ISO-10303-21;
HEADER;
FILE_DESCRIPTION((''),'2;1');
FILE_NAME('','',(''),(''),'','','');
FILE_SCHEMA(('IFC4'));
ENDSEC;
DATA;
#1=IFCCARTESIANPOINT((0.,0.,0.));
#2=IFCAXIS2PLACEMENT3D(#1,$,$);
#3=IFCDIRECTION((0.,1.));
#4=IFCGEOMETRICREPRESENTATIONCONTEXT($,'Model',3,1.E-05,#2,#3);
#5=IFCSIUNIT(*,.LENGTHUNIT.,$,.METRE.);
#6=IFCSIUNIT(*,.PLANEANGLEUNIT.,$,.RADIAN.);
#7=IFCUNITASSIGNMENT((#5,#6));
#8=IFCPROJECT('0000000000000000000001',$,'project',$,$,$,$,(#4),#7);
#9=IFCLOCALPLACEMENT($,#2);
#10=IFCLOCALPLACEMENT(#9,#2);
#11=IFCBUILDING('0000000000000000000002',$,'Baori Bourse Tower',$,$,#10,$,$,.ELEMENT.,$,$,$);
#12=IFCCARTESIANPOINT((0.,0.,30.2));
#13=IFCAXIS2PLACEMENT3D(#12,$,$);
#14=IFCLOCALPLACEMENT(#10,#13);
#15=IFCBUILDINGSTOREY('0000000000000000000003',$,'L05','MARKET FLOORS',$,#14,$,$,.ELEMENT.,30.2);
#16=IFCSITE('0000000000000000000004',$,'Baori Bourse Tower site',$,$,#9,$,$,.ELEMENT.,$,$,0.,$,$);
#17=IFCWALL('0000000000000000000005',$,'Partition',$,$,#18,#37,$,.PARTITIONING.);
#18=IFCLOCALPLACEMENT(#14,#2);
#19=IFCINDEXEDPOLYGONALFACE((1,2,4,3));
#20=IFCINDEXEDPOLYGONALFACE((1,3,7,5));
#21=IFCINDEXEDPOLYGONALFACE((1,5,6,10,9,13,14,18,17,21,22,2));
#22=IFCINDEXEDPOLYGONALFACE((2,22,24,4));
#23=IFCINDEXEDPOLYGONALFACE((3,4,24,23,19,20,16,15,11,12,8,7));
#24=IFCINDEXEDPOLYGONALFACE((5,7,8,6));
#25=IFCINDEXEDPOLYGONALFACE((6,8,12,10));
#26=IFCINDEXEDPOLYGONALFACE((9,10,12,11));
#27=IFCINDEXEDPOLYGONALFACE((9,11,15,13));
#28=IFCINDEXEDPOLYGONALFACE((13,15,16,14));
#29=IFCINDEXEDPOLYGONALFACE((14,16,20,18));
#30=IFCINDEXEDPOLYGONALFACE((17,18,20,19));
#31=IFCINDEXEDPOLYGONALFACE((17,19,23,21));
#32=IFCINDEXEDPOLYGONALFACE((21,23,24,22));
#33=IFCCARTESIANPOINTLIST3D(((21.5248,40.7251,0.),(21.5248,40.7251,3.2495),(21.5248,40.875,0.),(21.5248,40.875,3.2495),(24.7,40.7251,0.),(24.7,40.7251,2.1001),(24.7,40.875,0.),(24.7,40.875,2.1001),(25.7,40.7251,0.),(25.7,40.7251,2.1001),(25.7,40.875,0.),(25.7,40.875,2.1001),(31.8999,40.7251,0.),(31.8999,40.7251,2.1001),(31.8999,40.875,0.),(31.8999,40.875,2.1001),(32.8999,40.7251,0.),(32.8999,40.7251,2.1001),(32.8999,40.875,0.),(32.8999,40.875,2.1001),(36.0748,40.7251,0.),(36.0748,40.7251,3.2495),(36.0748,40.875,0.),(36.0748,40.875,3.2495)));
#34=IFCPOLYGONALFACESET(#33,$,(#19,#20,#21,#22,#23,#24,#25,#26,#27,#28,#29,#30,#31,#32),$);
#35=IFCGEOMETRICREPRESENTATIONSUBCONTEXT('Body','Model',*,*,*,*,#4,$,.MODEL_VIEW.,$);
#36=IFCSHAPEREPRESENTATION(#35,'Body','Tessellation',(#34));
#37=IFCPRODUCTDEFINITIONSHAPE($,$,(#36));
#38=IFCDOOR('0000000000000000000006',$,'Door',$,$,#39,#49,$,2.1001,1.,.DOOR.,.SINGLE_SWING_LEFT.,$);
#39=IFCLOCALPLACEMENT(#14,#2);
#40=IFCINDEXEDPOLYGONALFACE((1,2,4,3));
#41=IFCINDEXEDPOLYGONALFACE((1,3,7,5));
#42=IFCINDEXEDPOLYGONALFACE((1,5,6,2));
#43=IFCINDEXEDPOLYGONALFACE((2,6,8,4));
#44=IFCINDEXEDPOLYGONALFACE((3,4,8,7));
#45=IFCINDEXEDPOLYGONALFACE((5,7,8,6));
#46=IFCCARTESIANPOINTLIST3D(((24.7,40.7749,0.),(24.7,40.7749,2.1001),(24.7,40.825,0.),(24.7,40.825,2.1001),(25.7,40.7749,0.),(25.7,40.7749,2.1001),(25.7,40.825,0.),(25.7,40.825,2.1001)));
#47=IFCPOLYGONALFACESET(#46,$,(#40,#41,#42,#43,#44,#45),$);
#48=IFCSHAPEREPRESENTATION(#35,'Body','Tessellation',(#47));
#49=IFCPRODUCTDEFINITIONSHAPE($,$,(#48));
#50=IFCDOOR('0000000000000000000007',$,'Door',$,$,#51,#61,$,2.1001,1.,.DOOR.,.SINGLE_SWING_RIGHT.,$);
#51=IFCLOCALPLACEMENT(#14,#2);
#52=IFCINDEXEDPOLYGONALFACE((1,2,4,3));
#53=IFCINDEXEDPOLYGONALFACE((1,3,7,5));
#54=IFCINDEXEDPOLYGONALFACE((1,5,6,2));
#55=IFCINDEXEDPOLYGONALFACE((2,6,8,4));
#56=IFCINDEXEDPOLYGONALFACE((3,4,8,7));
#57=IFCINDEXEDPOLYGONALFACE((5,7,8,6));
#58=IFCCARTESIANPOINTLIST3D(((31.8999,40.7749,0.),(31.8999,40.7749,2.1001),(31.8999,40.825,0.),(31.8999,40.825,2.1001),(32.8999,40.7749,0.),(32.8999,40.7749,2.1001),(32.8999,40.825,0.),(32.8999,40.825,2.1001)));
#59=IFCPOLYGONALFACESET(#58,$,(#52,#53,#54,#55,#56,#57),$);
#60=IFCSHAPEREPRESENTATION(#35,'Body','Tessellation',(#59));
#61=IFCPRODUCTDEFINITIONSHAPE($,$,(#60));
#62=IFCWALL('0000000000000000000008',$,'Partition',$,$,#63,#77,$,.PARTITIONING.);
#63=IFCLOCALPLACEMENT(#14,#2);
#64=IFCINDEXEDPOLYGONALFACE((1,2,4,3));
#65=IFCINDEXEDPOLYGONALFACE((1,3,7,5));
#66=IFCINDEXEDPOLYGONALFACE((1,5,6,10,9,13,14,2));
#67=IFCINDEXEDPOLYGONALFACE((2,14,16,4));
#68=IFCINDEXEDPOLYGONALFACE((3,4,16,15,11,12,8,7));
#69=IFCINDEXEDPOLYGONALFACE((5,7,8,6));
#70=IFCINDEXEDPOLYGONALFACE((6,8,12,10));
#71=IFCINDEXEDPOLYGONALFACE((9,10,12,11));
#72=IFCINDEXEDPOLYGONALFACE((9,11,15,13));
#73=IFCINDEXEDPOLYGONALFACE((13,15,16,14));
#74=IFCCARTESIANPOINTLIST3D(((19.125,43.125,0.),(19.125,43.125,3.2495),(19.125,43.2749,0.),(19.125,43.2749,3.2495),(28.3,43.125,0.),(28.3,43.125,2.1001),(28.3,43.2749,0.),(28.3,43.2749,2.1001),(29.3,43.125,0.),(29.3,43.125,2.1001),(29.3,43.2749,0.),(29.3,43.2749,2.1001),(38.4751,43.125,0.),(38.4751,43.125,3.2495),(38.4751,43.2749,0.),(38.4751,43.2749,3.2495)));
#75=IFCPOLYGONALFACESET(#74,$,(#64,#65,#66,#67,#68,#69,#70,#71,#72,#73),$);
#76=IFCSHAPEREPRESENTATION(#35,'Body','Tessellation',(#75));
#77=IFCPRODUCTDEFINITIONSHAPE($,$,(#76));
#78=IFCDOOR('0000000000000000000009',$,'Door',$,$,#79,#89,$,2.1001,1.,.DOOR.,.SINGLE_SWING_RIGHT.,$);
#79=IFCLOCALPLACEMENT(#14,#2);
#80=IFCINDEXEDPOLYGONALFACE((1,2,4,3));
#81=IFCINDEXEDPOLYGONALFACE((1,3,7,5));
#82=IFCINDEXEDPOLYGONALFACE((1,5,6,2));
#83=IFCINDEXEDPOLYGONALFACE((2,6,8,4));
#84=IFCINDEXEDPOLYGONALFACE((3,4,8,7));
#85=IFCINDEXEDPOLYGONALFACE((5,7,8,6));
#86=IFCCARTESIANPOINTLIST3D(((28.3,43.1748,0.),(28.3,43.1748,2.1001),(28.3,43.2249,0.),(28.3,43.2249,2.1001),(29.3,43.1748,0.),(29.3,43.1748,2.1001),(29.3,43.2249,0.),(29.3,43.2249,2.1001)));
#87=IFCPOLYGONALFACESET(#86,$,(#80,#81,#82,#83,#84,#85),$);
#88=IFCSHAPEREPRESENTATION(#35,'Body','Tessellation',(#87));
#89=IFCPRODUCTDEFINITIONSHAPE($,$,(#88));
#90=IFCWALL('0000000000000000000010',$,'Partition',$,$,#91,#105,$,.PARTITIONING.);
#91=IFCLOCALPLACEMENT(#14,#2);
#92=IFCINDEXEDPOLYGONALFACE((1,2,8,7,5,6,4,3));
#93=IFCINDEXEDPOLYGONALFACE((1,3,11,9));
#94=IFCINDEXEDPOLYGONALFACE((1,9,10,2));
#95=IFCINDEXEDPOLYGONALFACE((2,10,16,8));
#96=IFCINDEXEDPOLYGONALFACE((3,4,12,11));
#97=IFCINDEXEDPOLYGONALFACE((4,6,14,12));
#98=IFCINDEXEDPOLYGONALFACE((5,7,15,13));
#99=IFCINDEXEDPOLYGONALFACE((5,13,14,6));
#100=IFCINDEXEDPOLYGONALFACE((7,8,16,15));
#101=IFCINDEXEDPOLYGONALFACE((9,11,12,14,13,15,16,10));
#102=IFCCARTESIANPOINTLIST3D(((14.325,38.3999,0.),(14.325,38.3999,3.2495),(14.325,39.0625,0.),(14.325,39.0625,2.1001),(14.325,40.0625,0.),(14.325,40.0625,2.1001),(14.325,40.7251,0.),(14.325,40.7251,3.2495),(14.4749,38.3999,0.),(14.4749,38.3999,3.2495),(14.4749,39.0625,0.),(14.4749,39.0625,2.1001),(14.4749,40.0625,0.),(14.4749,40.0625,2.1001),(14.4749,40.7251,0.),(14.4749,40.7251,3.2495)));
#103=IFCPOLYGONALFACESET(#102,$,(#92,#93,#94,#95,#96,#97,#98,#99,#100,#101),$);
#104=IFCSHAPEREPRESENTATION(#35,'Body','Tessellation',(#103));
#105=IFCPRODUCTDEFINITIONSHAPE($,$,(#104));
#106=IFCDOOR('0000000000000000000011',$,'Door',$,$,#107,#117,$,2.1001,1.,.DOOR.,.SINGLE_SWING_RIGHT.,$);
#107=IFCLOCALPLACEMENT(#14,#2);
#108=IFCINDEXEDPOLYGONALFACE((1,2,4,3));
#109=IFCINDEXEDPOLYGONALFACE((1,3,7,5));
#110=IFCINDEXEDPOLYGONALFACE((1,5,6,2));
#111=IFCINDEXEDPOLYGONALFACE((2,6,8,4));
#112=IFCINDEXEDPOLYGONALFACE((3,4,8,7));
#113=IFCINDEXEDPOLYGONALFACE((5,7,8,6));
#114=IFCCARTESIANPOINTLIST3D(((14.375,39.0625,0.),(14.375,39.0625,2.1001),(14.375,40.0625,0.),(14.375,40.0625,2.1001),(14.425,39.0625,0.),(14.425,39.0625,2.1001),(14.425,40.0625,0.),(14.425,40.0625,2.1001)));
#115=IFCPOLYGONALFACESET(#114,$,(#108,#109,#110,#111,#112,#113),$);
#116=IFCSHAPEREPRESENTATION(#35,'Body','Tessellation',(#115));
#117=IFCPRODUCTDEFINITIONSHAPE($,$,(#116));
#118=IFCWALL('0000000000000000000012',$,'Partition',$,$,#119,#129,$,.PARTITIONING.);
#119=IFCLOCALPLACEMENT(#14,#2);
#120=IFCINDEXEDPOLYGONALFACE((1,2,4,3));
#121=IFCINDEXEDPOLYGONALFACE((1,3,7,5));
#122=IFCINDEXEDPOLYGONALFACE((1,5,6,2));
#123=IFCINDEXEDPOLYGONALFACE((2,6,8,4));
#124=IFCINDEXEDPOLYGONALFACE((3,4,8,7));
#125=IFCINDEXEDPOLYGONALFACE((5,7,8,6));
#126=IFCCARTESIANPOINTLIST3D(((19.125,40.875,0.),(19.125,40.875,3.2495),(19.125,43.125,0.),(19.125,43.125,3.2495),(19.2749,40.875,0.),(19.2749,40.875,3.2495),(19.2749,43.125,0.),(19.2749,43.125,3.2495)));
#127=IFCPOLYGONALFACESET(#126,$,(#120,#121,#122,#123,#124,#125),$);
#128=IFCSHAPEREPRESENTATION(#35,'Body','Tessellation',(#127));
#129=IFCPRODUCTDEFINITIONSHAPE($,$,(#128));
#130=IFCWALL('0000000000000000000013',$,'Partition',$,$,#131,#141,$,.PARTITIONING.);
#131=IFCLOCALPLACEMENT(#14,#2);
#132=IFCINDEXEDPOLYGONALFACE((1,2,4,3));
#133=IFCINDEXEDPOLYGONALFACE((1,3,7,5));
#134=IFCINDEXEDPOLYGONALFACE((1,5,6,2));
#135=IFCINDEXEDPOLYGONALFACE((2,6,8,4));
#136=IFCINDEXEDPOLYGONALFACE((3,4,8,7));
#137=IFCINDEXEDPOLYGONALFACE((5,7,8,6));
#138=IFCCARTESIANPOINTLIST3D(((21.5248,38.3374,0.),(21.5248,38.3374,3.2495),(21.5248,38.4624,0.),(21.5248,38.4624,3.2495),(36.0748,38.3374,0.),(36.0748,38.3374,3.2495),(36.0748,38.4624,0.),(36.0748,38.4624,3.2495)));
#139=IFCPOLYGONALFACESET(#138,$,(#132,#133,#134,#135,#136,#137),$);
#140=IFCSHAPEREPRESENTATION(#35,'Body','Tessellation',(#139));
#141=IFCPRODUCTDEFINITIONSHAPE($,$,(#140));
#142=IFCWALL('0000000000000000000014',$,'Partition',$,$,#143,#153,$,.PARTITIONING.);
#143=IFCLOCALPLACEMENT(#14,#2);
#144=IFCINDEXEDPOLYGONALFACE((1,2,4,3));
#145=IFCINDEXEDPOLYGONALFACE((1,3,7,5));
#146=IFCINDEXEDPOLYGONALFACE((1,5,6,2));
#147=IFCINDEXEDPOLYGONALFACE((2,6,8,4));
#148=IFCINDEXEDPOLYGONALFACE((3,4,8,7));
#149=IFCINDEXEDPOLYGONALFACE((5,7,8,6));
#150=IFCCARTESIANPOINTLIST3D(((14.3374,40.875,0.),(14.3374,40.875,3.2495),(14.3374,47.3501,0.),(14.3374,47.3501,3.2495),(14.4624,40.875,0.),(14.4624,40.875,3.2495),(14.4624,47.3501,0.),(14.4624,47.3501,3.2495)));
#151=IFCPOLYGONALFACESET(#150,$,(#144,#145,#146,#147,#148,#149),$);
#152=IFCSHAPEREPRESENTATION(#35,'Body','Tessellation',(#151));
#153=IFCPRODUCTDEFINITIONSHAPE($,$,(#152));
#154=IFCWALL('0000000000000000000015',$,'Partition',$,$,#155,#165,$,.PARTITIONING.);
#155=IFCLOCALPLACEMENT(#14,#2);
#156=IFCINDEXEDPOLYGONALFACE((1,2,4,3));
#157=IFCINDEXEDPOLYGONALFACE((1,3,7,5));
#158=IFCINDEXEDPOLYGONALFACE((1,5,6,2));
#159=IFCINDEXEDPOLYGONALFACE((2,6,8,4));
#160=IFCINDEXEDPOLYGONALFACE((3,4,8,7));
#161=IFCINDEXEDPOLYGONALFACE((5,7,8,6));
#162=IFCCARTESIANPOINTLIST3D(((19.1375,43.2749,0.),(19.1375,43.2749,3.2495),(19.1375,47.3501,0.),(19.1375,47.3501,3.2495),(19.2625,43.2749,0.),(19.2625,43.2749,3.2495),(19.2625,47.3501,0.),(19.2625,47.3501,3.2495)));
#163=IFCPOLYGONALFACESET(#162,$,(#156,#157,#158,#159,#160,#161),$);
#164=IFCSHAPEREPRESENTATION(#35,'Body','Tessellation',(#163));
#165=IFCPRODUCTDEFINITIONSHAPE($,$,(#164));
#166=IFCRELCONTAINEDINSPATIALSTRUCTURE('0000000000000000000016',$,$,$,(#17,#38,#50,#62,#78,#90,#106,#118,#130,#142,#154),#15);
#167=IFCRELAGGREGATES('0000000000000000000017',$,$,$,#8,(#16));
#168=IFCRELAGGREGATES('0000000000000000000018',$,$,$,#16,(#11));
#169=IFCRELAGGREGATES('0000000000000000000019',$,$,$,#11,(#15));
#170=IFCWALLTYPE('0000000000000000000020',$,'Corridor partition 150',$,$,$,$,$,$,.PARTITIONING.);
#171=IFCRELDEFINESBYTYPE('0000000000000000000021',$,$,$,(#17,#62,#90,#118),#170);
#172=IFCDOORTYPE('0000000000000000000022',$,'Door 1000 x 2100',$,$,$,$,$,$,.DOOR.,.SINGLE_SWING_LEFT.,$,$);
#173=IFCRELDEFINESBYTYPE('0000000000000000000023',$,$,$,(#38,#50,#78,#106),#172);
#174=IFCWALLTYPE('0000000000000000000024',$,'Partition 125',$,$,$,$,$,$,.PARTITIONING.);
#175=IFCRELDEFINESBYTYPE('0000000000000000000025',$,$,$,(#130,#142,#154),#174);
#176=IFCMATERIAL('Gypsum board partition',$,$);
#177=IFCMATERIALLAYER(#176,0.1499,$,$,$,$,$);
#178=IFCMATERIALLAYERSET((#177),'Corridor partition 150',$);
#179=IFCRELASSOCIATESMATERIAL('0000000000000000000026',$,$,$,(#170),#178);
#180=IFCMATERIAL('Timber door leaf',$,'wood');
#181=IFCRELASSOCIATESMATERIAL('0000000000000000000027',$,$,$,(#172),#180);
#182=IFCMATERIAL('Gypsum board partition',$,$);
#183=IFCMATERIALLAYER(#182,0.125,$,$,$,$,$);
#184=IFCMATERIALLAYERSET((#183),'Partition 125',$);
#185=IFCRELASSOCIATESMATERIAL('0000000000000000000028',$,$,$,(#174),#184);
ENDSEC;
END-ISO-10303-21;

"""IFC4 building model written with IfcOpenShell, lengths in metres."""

from ifc_helpers import new_model, si_unit, direction, frame, frame_2d, origin, place, context, subcontext, project, spatial, rectangle, extrude, material, layer, layer_set, type_object, element, fill, save


model = new_model("IFC4")

# Units and contexts
model_context = context("Model", 3, precision=1e-05, world=origin(), true_north=direction((0.0, 1.0)))
body_context = subcontext(model_context, "Body", "Model", "MODEL_VIEW")
ifc_project = project(units=[si_unit("LENGTHUNIT", "METRE"), si_unit("PLANEANGLEUNIT", "RADIAN")], contexts=[model_context])

# Site, building, storey
site_placement = place(None, origin())
site = spatial("IfcSite", under=ifc_project, at=site_placement, Name="Baori Bourse Tower site", CompositionType="ELEMENT", RefElevation=0.0)
building_placement = place(site_placement, origin())
building = spatial("IfcBuilding", under=site, at=building_placement, Name="Baori Bourse Tower", CompositionType="ELEMENT")
storey_placement = place(building_placement, frame((0.0, 0.0, 30.2)))
storey = spatial("IfcBuildingStorey", under=building, at=storey_placement, Name="L05", Description="MARKET FLOORS", CompositionType="ELEMENT", Elevation=30.2)

# Shared definitions
ifc_material_1 = material(Name="Gypsum board partition")
ifc_layer_1 = layer(ifc_material_1, 0.1499)
ifc_layer_set_1 = layer_set([ifc_layer_1], Name="Corridor partition 150")
wall_type_1 = type_object("IfcWallType", Name="Corridor partition 150", PredefinedType="PARTITIONING", material=ifc_layer_set_1)
ifc_material_2 = material(Name="Timber door leaf", Category="wood")
door_type_1 = type_object("IfcDoorType", Name="Door 1000 x 2100", OperationType="SINGLE_SWING_LEFT", PredefinedType="DOOR", material=ifc_material_2)

# Wall, openings, doors
wall_1_placement = place(storey_placement, frame((21.5249, 40.8, 0.0), z_axis=(0.0, 0.0, 1.0), x_axis=(1.0, 0.0, 0.0)))
wall_1 = element("IfcWall", 1, at=wall_1_placement, inside=storey, type_object=wall_type_1, Name="Partition", PredefinedType="PARTITIONING", context=body_context, shape_type="SweptSolid", body=[
    extrude(rectangle(XDim=14.55, YDim=0.1499, at=frame_2d((7.2749, 0.0))), origin(), (0.0, 0.0, 1.0), 3.2495),
])
opening_1_placement = place(wall_1_placement, frame((3.175, 0.0, 0.0)))
opening_1 = element("IfcOpeningElement", 2, at=opening_1_placement, cuts=wall_1, PredefinedType="OPENING", context=body_context, shape_type="SweptSolid", body=[
    extrude(rectangle(XDim=1.0, YDim=2.1001, at=frame_2d((0.5, 1.05))), frame((0.0, 0.085, 0.0), z_axis=(0.0, -1.0, 0.0), x_axis=(1.0, 0.0, 0.0)), (0.0, 0.0, 1.0), 0.1699),
])
opening_2_placement = place(wall_1_placement, frame((10.375, 0.0, 0.0)))
opening_2 = element("IfcOpeningElement", 3, at=opening_2_placement, cuts=wall_1, PredefinedType="OPENING", context=body_context, shape_type="SweptSolid", body=[
    extrude(rectangle(XDim=1.0, YDim=2.1001, at=frame_2d((0.5, 1.05))), frame((0.0, 0.085, 0.0), z_axis=(0.0, -1.0, 0.0), x_axis=(1.0, 0.0, 0.0)), (0.0, 0.0, 1.0), 0.1699),
])
door_1_placement = place(opening_1_placement, origin())
door_1 = element("IfcDoor", 4, at=door_1_placement, inside=storey, type_object=door_type_1, Name="Door", OperationType="SINGLE_SWING_LEFT", OverallHeight=2.1001, OverallWidth=1.0, PredefinedType="DOOR", context=body_context, shape_type="SweptSolid", body=[
    extrude(rectangle(XDim=1.0, YDim=2.1001, at=frame_2d((0.5, 1.05))), frame((0.0, 0.0249, 0.0), z_axis=(0.0, -1.0, 0.0), x_axis=(1.0, 0.0, 0.0)), (0.0, 0.0, 1.0), 0.05),
])
fill(opening_1, door_1)
door_2_placement = place(opening_2_placement, origin())
door_2 = element("IfcDoor", 5, at=door_2_placement, inside=storey, type_object=door_type_1, Name="Door", OperationType="SINGLE_SWING_RIGHT", OverallHeight=2.1001, OverallWidth=1.0, PredefinedType="DOOR", context=body_context, shape_type="SweptSolid", body=[
    extrude(rectangle(XDim=1.0, YDim=2.1001, at=frame_2d((0.5, 1.05))), frame((0.0, 0.0249, 0.0), z_axis=(0.0, -1.0, 0.0), x_axis=(1.0, 0.0, 0.0)), (0.0, 0.0, 1.0), 0.05),
])
fill(opening_2, door_2)

# Walls, openings, doors
wall_2_placement = place(storey_placement, frame((19.125, 43.2, 0.0), z_axis=(0.0, 0.0, 1.0), x_axis=(1.0, 0.0, 0.0)))
wall_2 = element("IfcWall", 6, at=wall_2_placement, inside=storey, type_object=wall_type_1, Name="Partition", PredefinedType="PARTITIONING", context=body_context, shape_type="SweptSolid", body=[
    extrude(rectangle(XDim=19.3501, YDim=0.1499, at=frame_2d((9.675, 0.0))), origin(), (0.0, 0.0, 1.0), 3.2495),
])
opening_3_placement = place(wall_2_placement, frame((9.175, 0.0, 0.0)))
opening_3 = element("IfcOpeningElement", 7, at=opening_3_placement, cuts=wall_2, PredefinedType="OPENING", context=body_context, shape_type="SweptSolid", body=[
    extrude(rectangle(XDim=1.0, YDim=2.1001, at=frame_2d((0.5, 1.05))), frame((0.0, 0.085, 0.0), z_axis=(0.0, -1.0, 0.0), x_axis=(1.0, 0.0, 0.0)), (0.0, 0.0, 1.0), 0.1699),
])
door_3_placement = place(opening_3_placement, origin())
door_3 = element("IfcDoor", 8, at=door_3_placement, inside=storey, type_object=door_type_1, Name="Door", OperationType="SINGLE_SWING_RIGHT", OverallHeight=2.1001, OverallWidth=1.0, PredefinedType="DOOR", context=body_context, shape_type="SweptSolid", body=[
    extrude(rectangle(XDim=1.0, YDim=2.1001, at=frame_2d((0.5, 1.05))), frame((0.0, 0.0249, 0.0), z_axis=(0.0, -1.0, 0.0), x_axis=(1.0, 0.0, 0.0)), (0.0, 0.0, 1.0), 0.05),
])
fill(opening_3, door_3)
wall_3_placement = place(storey_placement, frame((14.3999, 38.3999, 0.0), z_axis=(0.0, 0.0, 1.0), x_axis=(0.0, 1.0, 0.0)))
wall_3 = element("IfcWall", 9, at=wall_3_placement, inside=storey, type_object=wall_type_1, Name="Partition", PredefinedType="PARTITIONING", context=body_context, shape_type="SweptSolid", body=[
    extrude(rectangle(XDim=2.3252, YDim=0.1499, at=frame_2d((1.1626, 0.0))), origin(), (0.0, 0.0, 1.0), 3.2495),
])
opening_4_placement = place(wall_3_placement, frame((0.6626, 0.0, 0.0)))
opening_4 = element("IfcOpeningElement", 10, at=opening_4_placement, cuts=wall_3, PredefinedType="OPENING", context=body_context, shape_type="SweptSolid", body=[
    extrude(rectangle(XDim=1.0, YDim=2.1001, at=frame_2d((0.5, 1.05))), frame((0.0, 0.085, 0.0), z_axis=(0.0, -1.0, 0.0), x_axis=(1.0, 0.0, 0.0)), (0.0, 0.0, 1.0), 0.1699),
])
door_4_placement = place(opening_4_placement, origin())
door_4 = element("IfcDoor", 11, at=door_4_placement, inside=storey, type_object=door_type_1, Name="Door", OperationType="SINGLE_SWING_RIGHT", OverallHeight=2.1001, OverallWidth=1.0, PredefinedType="DOOR", context=body_context, shape_type="SweptSolid", body=[
    extrude(rectangle(XDim=1.0, YDim=2.1001, at=frame_2d((0.5, 1.05))), frame((0.0, 0.0249, 0.0), z_axis=(0.0, -1.0, 0.0), x_axis=(1.0, 0.0, 0.0)), (0.0, 0.0, 1.0), 0.05),
])
fill(opening_4, door_4)

# Walls
wall_4_placement = place(storey_placement, frame((19.2, 40.875, 0.0), z_axis=(0.0, 0.0, 1.0), x_axis=(0.0, 1.0, 0.0)))
element("IfcWall", 12, at=wall_4_placement, inside=storey, type_object=wall_type_1, Name="Partition", PredefinedType="PARTITIONING", context=body_context, shape_type="SweptSolid", body=[
    extrude(rectangle(XDim=2.25, YDim=0.1499, at=frame_2d((1.125, 0.0))), origin(), (0.0, 0.0, 1.0), 3.2495),
])
ifc_material_3 = material(Name="Gypsum board partition")
ifc_layer_2 = layer(ifc_material_3, 0.125)
ifc_layer_set_2 = layer_set([ifc_layer_2], Name="Partition 125")
wall_type_2 = type_object("IfcWallType", Name="Partition 125", PredefinedType="PARTITIONING", material=ifc_layer_set_2)
wall_5_placement = place(storey_placement, frame((21.5249, 38.3999, 0.0), z_axis=(0.0, 0.0, 1.0), x_axis=(1.0, 0.0, 0.0)))
element("IfcWall", 13, at=wall_5_placement, inside=storey, type_object=wall_type_2, Name="Partition", PredefinedType="PARTITIONING", context=body_context, shape_type="SweptSolid", body=[
    extrude(rectangle(XDim=14.55, YDim=0.125, at=frame_2d((7.2749, 0.0))), origin(), (0.0, 0.0, 1.0), 3.2495),
])
wall_6_placement = place(storey_placement, frame((14.3999, 40.875, 0.0), z_axis=(0.0, 0.0, 1.0), x_axis=(0.0, 1.0, 0.0)))
element("IfcWall", 14, at=wall_6_placement, inside=storey, type_object=wall_type_2, Name="Partition", PredefinedType="PARTITIONING", context=body_context, shape_type="SweptSolid", body=[
    extrude(rectangle(XDim=6.4751, YDim=0.125, at=frame_2d((3.2375, 0.0))), origin(), (0.0, 0.0, 1.0), 3.2495),
])
wall_7_placement = place(storey_placement, frame((19.2, 43.2749, 0.0), z_axis=(0.0, 0.0, 1.0), x_axis=(0.0, 1.0, 0.0)))
element("IfcWall", 15, at=wall_7_placement, inside=storey, type_object=wall_type_2, Name="Partition", PredefinedType="PARTITIONING", context=body_context, shape_type="SweptSolid", body=[
    extrude(rectangle(XDim=4.0752, YDim=0.125, at=frame_2d((2.0376, 0.0))), origin(), (0.0, 0.0, 1.0), 3.2495),
])

save(model, "model.ifc")
